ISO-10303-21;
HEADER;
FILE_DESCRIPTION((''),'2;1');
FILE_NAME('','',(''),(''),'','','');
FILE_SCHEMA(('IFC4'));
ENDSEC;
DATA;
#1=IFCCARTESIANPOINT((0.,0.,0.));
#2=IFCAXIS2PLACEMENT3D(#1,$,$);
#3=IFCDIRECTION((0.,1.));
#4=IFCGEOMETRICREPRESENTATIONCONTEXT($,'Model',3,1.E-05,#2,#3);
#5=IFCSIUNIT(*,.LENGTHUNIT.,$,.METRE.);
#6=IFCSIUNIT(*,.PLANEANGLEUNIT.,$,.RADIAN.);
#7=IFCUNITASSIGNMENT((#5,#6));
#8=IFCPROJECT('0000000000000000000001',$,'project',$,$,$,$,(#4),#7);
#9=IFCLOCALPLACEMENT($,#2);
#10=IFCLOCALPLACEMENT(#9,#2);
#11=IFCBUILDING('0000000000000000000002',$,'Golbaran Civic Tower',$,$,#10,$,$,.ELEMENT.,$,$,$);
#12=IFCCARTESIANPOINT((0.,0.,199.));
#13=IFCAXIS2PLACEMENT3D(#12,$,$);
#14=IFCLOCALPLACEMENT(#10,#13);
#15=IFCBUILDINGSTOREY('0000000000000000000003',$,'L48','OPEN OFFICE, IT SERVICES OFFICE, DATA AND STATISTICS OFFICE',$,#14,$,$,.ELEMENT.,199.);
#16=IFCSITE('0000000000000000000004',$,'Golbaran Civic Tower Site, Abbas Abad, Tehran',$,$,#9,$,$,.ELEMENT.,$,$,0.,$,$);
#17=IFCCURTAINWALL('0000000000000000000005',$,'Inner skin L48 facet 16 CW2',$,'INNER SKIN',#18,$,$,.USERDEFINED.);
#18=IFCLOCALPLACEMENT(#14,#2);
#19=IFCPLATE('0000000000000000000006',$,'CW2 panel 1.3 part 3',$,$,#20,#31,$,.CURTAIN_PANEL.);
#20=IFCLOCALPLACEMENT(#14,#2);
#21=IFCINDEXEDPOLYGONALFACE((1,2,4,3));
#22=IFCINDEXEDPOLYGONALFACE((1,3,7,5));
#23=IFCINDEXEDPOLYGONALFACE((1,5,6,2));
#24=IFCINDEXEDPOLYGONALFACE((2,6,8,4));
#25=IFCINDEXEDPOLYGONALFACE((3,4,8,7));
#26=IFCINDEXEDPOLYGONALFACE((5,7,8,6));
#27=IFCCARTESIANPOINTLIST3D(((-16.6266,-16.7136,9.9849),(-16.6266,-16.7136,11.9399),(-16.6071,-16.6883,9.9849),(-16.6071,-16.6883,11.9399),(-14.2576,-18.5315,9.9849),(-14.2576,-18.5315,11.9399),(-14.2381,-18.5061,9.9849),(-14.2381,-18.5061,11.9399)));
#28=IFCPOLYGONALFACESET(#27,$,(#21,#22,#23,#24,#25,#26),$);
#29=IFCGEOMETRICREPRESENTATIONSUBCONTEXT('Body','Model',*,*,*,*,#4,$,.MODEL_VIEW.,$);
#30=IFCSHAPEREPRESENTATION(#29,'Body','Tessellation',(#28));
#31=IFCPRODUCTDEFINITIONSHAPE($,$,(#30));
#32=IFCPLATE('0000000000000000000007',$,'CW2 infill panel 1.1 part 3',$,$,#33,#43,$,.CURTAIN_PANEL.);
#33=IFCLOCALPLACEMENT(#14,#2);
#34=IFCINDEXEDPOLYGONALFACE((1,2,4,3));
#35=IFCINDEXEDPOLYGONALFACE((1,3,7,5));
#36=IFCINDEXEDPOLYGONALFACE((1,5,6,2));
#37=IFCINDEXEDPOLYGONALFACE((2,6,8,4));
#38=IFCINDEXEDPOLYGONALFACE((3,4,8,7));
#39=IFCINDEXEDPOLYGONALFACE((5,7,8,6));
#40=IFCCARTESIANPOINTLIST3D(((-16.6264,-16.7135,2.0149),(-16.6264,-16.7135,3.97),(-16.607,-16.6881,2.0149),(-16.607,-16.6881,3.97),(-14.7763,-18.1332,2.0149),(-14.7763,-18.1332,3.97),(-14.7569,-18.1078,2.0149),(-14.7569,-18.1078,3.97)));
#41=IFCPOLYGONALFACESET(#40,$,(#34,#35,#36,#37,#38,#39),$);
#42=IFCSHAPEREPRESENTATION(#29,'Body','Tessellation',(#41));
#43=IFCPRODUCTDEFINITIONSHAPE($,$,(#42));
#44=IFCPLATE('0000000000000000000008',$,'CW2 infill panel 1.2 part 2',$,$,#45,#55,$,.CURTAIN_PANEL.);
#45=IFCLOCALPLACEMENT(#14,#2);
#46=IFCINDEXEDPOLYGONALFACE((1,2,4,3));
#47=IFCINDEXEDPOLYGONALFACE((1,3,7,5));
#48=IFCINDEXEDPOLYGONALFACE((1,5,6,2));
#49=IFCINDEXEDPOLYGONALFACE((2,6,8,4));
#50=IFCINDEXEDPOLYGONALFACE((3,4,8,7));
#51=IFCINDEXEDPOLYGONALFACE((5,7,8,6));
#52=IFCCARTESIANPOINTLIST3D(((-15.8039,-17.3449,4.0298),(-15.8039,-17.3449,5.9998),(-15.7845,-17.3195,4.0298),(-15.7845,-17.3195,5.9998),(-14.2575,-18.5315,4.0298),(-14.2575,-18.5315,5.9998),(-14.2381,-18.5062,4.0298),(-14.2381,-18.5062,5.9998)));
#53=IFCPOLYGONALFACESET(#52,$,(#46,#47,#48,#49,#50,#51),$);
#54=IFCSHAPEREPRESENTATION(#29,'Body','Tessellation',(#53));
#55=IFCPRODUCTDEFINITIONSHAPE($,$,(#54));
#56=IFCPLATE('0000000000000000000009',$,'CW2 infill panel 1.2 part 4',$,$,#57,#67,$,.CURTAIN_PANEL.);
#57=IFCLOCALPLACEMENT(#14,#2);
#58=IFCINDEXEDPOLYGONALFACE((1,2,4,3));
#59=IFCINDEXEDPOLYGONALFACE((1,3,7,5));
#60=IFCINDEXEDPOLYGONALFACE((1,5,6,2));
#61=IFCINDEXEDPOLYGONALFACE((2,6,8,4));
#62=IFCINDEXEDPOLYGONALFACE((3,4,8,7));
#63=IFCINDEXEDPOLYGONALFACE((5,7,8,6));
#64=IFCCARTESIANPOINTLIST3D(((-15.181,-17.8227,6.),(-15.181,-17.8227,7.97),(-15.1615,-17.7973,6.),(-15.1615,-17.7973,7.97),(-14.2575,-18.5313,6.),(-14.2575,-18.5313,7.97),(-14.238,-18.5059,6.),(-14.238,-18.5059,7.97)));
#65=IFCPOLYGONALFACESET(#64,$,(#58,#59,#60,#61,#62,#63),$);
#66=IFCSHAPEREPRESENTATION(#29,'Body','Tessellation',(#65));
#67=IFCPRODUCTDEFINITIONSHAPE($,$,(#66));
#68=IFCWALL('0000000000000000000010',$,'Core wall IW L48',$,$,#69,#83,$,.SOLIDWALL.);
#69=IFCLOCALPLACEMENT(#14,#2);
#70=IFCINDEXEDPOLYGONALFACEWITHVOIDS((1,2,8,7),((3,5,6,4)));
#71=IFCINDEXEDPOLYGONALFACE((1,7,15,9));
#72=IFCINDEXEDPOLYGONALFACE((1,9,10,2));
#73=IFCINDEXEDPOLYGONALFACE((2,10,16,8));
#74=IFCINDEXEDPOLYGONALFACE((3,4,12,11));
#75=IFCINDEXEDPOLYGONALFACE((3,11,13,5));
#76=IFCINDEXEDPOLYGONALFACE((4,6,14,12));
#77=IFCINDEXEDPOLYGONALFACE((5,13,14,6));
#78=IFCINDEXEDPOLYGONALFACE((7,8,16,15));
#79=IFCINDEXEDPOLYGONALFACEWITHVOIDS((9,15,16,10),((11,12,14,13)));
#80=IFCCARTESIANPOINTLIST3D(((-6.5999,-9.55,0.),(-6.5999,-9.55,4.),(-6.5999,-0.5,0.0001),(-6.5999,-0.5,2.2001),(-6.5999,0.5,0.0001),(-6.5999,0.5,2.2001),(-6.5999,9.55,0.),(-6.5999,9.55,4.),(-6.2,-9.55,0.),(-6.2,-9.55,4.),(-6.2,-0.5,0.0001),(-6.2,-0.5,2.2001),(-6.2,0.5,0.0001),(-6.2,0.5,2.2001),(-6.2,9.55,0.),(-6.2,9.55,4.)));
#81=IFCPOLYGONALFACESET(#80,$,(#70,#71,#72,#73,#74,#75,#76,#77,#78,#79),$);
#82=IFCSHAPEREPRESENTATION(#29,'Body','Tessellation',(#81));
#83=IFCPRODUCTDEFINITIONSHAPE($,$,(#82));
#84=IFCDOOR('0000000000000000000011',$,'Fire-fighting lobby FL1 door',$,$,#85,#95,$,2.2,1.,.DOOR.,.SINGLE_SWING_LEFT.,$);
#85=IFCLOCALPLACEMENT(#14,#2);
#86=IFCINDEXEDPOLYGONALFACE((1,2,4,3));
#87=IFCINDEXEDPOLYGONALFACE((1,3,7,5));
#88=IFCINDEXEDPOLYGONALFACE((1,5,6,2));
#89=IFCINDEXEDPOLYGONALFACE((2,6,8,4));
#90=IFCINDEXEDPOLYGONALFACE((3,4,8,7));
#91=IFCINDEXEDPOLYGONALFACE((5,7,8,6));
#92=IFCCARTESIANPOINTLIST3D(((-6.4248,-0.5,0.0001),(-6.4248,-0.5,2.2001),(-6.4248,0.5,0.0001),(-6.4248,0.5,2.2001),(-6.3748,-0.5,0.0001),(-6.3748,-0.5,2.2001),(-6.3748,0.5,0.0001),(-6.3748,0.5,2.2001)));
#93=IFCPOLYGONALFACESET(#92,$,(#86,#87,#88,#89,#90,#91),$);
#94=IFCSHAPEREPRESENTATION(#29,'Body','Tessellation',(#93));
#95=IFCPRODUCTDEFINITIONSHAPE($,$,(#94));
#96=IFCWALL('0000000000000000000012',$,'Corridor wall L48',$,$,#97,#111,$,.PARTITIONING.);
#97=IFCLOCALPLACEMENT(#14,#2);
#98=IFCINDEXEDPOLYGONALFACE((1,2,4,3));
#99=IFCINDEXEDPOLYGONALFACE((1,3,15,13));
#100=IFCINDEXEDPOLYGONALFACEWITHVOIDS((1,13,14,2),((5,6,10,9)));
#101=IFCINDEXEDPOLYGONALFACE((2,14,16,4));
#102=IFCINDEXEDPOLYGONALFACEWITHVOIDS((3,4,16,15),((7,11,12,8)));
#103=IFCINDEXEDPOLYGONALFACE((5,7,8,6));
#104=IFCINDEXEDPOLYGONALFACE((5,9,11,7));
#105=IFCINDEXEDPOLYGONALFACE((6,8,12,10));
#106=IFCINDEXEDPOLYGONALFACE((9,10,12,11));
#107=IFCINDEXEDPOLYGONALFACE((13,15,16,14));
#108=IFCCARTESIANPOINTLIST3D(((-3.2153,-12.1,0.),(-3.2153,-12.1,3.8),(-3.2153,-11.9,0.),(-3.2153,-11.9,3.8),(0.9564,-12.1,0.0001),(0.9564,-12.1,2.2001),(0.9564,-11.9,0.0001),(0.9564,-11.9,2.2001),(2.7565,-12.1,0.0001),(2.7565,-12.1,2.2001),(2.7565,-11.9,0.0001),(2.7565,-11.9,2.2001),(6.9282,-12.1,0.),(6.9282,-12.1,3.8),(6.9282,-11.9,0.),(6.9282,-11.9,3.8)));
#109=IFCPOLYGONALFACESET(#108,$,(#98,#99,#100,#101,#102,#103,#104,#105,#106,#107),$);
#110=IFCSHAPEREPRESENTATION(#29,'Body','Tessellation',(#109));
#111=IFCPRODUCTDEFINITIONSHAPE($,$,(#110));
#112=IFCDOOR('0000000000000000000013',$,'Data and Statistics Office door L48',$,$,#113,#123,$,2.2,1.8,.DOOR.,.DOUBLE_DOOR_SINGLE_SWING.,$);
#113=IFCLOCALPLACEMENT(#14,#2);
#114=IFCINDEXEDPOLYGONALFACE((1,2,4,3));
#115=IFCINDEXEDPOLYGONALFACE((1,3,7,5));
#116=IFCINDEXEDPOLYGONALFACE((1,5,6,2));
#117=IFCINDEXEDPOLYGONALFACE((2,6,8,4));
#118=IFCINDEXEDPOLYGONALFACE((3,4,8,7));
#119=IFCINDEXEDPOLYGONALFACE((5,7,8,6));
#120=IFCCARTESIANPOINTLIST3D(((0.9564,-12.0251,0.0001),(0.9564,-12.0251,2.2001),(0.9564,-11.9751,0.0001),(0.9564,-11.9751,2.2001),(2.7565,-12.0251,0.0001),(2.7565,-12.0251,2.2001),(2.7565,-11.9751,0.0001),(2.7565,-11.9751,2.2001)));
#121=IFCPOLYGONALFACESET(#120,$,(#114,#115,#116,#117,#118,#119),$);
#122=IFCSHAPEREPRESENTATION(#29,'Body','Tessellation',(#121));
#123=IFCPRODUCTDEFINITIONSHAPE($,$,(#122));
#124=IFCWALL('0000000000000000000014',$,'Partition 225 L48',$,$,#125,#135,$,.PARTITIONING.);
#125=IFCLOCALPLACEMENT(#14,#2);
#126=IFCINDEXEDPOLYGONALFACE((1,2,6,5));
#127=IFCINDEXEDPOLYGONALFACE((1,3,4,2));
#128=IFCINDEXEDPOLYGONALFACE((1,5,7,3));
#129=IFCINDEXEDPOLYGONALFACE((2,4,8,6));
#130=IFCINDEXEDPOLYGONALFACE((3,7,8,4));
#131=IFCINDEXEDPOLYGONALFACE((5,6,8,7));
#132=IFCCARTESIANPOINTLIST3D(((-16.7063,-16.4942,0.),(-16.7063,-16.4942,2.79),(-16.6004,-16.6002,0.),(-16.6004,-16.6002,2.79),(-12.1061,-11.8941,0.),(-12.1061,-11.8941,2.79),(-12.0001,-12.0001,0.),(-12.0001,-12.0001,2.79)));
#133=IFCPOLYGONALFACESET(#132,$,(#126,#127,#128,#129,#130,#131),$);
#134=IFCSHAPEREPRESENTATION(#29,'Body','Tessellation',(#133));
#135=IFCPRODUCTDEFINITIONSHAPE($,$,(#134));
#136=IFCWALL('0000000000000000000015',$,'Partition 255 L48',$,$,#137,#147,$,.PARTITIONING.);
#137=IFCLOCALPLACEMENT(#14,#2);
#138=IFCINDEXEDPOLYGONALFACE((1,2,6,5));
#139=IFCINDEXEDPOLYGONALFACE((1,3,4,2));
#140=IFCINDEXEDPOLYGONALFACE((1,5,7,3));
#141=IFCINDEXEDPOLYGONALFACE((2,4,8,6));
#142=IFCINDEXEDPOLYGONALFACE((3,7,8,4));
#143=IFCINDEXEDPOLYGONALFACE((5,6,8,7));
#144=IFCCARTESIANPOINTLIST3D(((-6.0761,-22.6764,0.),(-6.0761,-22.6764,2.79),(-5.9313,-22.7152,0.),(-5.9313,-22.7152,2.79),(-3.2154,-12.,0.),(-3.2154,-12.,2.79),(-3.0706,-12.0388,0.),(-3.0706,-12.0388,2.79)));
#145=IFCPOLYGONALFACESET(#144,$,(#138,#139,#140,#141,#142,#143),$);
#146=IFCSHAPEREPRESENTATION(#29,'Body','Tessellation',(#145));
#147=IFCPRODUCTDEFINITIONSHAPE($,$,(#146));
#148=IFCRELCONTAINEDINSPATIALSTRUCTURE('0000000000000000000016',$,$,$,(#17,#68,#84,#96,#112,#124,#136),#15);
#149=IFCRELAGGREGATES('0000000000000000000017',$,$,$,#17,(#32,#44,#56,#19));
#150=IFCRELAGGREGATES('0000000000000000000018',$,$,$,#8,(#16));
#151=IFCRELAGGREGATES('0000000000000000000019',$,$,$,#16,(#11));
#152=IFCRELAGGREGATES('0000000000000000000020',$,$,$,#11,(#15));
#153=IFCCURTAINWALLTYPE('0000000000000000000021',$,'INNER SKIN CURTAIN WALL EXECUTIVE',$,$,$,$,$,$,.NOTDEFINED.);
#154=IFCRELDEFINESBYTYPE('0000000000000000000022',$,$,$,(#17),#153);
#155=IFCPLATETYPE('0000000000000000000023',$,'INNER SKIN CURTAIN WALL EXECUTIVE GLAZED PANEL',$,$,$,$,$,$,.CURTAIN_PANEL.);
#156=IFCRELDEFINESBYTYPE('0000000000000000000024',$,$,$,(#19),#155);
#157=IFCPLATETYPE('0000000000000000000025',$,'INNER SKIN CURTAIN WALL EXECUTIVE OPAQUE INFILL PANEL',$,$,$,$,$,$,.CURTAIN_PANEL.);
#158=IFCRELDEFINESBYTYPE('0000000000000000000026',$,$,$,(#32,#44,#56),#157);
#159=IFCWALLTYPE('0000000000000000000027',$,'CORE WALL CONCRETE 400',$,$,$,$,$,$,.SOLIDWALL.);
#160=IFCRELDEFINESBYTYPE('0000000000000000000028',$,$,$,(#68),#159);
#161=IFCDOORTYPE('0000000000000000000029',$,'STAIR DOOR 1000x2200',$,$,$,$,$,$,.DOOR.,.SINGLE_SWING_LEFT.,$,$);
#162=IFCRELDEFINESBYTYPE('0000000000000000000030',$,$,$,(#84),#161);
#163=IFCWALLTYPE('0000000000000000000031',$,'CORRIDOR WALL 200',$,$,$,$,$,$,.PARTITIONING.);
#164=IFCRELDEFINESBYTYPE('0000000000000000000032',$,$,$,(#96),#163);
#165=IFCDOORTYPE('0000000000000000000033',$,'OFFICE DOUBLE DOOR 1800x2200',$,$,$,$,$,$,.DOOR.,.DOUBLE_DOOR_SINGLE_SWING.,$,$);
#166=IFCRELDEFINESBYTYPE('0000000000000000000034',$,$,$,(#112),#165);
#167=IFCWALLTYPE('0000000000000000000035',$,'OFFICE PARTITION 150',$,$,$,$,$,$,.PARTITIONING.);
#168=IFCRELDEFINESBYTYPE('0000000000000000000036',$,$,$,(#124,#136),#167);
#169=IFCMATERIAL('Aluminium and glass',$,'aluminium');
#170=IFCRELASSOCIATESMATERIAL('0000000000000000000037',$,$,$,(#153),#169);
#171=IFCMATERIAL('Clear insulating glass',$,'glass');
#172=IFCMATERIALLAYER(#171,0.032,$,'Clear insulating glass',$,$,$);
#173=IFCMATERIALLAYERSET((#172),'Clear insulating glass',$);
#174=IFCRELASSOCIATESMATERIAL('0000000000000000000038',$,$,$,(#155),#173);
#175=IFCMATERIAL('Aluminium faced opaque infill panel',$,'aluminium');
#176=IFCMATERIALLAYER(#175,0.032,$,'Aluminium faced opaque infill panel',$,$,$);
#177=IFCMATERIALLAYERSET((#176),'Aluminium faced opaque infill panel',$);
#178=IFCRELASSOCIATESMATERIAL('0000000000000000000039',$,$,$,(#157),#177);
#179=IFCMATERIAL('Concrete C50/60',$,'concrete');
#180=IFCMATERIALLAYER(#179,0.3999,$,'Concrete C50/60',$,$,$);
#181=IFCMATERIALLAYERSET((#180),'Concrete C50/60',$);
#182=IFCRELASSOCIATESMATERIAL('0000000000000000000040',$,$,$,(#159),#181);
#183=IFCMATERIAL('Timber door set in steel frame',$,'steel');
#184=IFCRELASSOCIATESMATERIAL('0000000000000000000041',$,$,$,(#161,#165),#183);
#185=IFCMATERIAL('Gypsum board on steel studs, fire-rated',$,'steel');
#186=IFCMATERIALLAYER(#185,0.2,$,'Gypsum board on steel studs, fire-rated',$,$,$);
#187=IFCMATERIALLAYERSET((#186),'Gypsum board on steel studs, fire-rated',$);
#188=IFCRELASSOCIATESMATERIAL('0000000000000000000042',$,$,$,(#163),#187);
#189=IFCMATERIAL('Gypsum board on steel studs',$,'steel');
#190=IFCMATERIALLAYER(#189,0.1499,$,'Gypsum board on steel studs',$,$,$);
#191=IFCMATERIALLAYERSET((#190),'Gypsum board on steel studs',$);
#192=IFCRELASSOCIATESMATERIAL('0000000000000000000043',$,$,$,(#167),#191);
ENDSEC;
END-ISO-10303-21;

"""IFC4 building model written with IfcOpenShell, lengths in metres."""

from ifc_helpers import new_model, si_unit, direction, frame, frame_2d, origin, origin_2d, place, context, subcontext, project, spatial, rectangle, extrude, material, layer, layer_set, type_object, element, fill, aggregate, save


model = new_model("IFC4")

# Units and contexts
model_context = context("Model", 3, precision=1e-05, world=origin(), true_north=direction((0.0, 1.0)))
body_context = subcontext(model_context, "Body", "Model", "MODEL_VIEW")
ifc_project = project(units=[si_unit("LENGTHUNIT", "METRE"), si_unit("PLANEANGLEUNIT", "RADIAN")], contexts=[model_context])

# Site, building, storey
site_placement = place(None, origin())
site = spatial("IfcSite", under=ifc_project, at=site_placement, Name="Golbaran Civic Tower Site, Abbas Abad, Tehran", CompositionType="ELEMENT", RefElevation=0.0)
building_placement = place(site_placement, origin())
building = spatial("IfcBuilding", under=site, at=building_placement, Name="Golbaran Civic Tower", CompositionType="ELEMENT")
storey_placement = place(building_placement, frame((0.0, 0.0, 199.0)))
storey = spatial("IfcBuildingStorey", under=building, at=storey_placement, Name="L48", Description="OPEN OFFICE, IT SERVICES OFFICE, DATA AND STATISTICS OFFICE", CompositionType="ELEMENT", Elevation=199.0)

# Curtain wall, plates
ifc_material_1 = material(Name="Aluminium and glass", Category="aluminium")
curtain_wall_type = type_object("IfcCurtainWallType", Name="INNER SKIN CURTAIN WALL EXECUTIVE", PredefinedType="NOTDEFINED", material=ifc_material_1)
curtain_wall_placement = place(storey_placement, origin())
curtain_wall = element("IfcCurtainWall", 1, at=curtain_wall_placement, inside=storey, type_object=curtain_wall_type, Name="Inner skin L48 facet 16 CW2", ObjectType="INNER SKIN", PredefinedType="USERDEFINED")
ifc_material_2 = material(Name="Clear insulating glass", Category="glass")
ifc_layer_1 = layer(ifc_material_2, 0.032, Name="Clear insulating glass")
ifc_layer_set_1 = layer_set([ifc_layer_1], Name="Clear insulating glass")
plate_type_1 = type_object("IfcPlateType", Name="INNER SKIN CURTAIN WALL EXECUTIVE GLAZED PANEL", PredefinedType="CURTAIN_PANEL", material=ifc_layer_set_1)
plate_1_placement = place(storey_placement, frame((-15.4324, -17.6099, 9.9849), z_axis=(0.0, 0.0, 1.0), x_axis=(0.793353, -0.608761, 0.0)))
plate_1 = element("IfcPlate", 2, at=plate_1_placement, type_object=plate_type_1, Name="CW2 panel 1.3 part 3", PredefinedType="CURTAIN_PANEL", context=body_context, shape_type="SweptSolid", body=[
    extrude(rectangle(XDim=2.9861, YDim=0.032, at=origin_2d()), origin(), (0.0, 0.0, 1.0), 1.9551),
])
ifc_material_3 = material(Name="Aluminium faced opaque infill panel", Category="aluminium")
ifc_layer_2 = layer(ifc_material_3, 0.032, Name="Aluminium faced opaque infill panel")
ifc_layer_set_2 = layer_set([ifc_layer_2], Name="Aluminium faced opaque infill panel")
plate_type_2 = type_object("IfcPlateType", Name="INNER SKIN CURTAIN WALL EXECUTIVE OPAQUE INFILL PANEL", PredefinedType="CURTAIN_PANEL", material=ifc_layer_set_2)
plate_2_placement = place(storey_placement, frame((-15.6917, -17.4106, 2.0149), z_axis=(0.0, 0.0, 1.0), x_axis=(0.793353, -0.608761, 0.0)))
plate_2 = element("IfcPlate", 3, at=plate_2_placement, type_object=plate_type_2, Name="CW2 infill panel 1.1 part 3", PredefinedType="CURTAIN_PANEL", context=body_context, shape_type="SweptSolid", body=[
    extrude(rectangle(XDim=2.332, YDim=0.032, at=origin_2d()), origin(), (0.0, 0.0, 1.0), 1.9551),
])
plate_3_placement = place(storey_placement, frame((-15.021, -17.9255, 4.0298), z_axis=(0.0, 0.0, 1.0), x_axis=(0.793353, -0.608761, 0.0)))
plate_3 = element("IfcPlate", 4, at=plate_3_placement, type_object=plate_type_2, Name="CW2 infill panel 1.2 part 2", PredefinedType="CURTAIN_PANEL", context=body_context, shape_type="SweptSolid", body=[
    extrude(rectangle(XDim=1.9492, YDim=0.032, at=origin_2d()), origin(), (0.0, 0.0, 1.0), 1.97),
])
plate_4_placement = place(storey_placement, frame((-14.7095, -18.1643, 6.0), z_axis=(0.0, 0.0, 1.0), x_axis=(0.793353, -0.608761, 0.0)))
plate_4 = element("IfcPlate", 5, at=plate_4_placement, type_object=plate_type_2, Name="CW2 infill panel 1.2 part 4", PredefinedType="CURTAIN_PANEL", context=body_context, shape_type="SweptSolid", body=[
    extrude(rectangle(XDim=1.1641, YDim=0.032, at=origin_2d()), origin(), (0.0, 0.0, 1.0), 1.97),
])
aggregate(curtain_wall, [plate_2, plate_3, plate_4, plate_1])

# Walls, openings, doors
ifc_material_4 = material(Name="Concrete C50/60", Category="concrete")
ifc_layer_3 = layer(ifc_material_4, 0.3999, Name="Concrete C50/60")
ifc_layer_set_3 = layer_set([ifc_layer_3], Name="Concrete C50/60")
wall_type_1 = type_object("IfcWallType", Name="CORE WALL CONCRETE 400", PredefinedType="SOLIDWALL", material=ifc_layer_set_3)
wall_1_placement = place(storey_placement, frame((-6.3999, -9.55, 0.0), z_axis=(0.0, 0.0, 1.0), x_axis=(0.0, 1.0, 0.0)))
wall_1 = element("IfcWall", 6, at=wall_1_placement, inside=storey, type_object=wall_type_1, Name="Core wall IW L48", PredefinedType="SOLIDWALL", context=body_context, shape_type="SweptSolid", body=[
    extrude(rectangle(XDim=19.1001, YDim=0.3999, at=frame_2d((9.55, 0.0))), origin(), (0.0, 0.0, 1.0), 4.0),
])
opening_1_placement = place(wall_1_placement, frame((9.05, 0.0, 0.0)))
opening_1 = element("IfcOpeningElement", 7, at=opening_1_placement, cuts=wall_1, PredefinedType="OPENING", context=body_context, shape_type="SweptSolid", body=[
    extrude(rectangle(XDim=1.0, YDim=2.2, at=frame_2d((0.5, 1.1001))), frame((0.0, 0.21, 0.0), z_axis=(0.0, -1.0, 0.0), x_axis=(1.0, 0.0, 0.0)), (0.0, 0.0, 1.0), 0.4199),
])
ifc_material_5 = material(Name="Timber door set in steel frame", Category="steel")
door_type_1 = type_object("IfcDoorType", Name="STAIR DOOR 1000x2200", OperationType="SINGLE_SWING_LEFT", PredefinedType="DOOR", material=ifc_material_5)
door_1_placement = place(opening_1_placement, origin())
door_1 = element("IfcDoor", 8, at=door_1_placement, inside=storey, type_object=door_type_1, Name="Fire-fighting lobby FL1 door", OperationType="SINGLE_SWING_LEFT", OverallHeight=2.2, OverallWidth=1.0, PredefinedType="DOOR", context=body_context, shape_type="SweptSolid", body=[
    extrude(rectangle(XDim=1.0, YDim=2.2, at=frame_2d((0.5, 1.1001))), frame((0.0, 0.0249, 0.0), z_axis=(0.0, -1.0, 0.0), x_axis=(1.0, 0.0, 0.0)), (0.0, 0.0, 1.0), 0.05),
])
fill(opening_1, door_1)
ifc_material_6 = material(Name="Gypsum board on steel studs, fire-rated", Category="steel")
ifc_layer_4 = layer(ifc_material_6, 0.2, Name="Gypsum board on steel studs, fire-rated")
ifc_layer_set_4 = layer_set([ifc_layer_4], Name="Gypsum board on steel studs, fire-rated")
wall_type_2 = type_object("IfcWallType", Name="CORRIDOR WALL 200", PredefinedType="PARTITIONING", material=ifc_layer_set_4)
wall_2_placement = place(storey_placement, frame((-3.2153, -12.0, 0.0), z_axis=(0.0, 0.0, 1.0), x_axis=(1.0, 0.0, 0.0)))
wall_2 = element("IfcWall", 9, at=wall_2_placement, inside=storey, type_object=wall_type_2, Name="Corridor wall L48", PredefinedType="PARTITIONING", context=body_context, shape_type="SweptSolid", body=[
    extrude(rectangle(XDim=10.1436, YDim=0.2, at=frame_2d((5.0718, 0.0))), origin(), (0.0, 0.0, 1.0), 3.8),
])
opening_2_placement = place(wall_2_placement, frame((4.1719, 0.0, 0.0)))
opening_2 = element("IfcOpeningElement", 10, at=opening_2_placement, cuts=wall_2, PredefinedType="OPENING", context=body_context, shape_type="SweptSolid", body=[
    extrude(rectangle(XDim=1.8, YDim=2.2, at=frame_2d((0.8999, 1.1001))), frame((0.0, 0.1099, 0.0), z_axis=(0.0, -1.0, 0.0), x_axis=(1.0, 0.0, 0.0)), (0.0, 0.0, 1.0), 0.22),
])
door_type_2 = type_object("IfcDoorType", Name="OFFICE DOUBLE DOOR 1800x2200", OperationType="DOUBLE_DOOR_SINGLE_SWING", PredefinedType="DOOR", material=ifc_material_5)
door_2_placement = place(opening_2_placement, origin())
door_2 = element("IfcDoor", 11, at=door_2_placement, inside=storey, type_object=door_type_2, Name="Data and Statistics Office door L48", OperationType="DOUBLE_DOOR_SINGLE_SWING", OverallHeight=2.2, OverallWidth=1.8, PredefinedType="DOOR", context=body_context, shape_type="SweptSolid", body=[
    extrude(rectangle(XDim=1.8, YDim=2.2, at=frame_2d((0.8999, 1.1001))), frame((0.0, 0.0249, 0.0), z_axis=(0.0, -1.0, 0.0), x_axis=(1.0, 0.0, 0.0)), (0.0, 0.0, 1.0), 0.05),
])
fill(opening_2, door_2)

# Walls
ifc_material_7 = material(Name="Gypsum board on steel studs", Category="steel")
ifc_layer_5 = layer(ifc_material_7, 0.1499, Name="Gypsum board on steel studs")
ifc_layer_set_5 = layer_set([ifc_layer_5], Name="Gypsum board on steel studs")
wall_type_3 = type_object("IfcWallType", Name="OFFICE PARTITION 150", PredefinedType="PARTITIONING", material=ifc_layer_set_5)
wall_3_placement = place(storey_placement, frame((-12.053, -11.947, 0.0), z_axis=(0.0, 0.0, 1.0), x_axis=(-0.707126, -0.707088, 0.0)))
element("IfcWall", 12, at=wall_3_placement, inside=storey, type_object=wall_type_3, Name="Partition 225 L48", PredefinedType="PARTITIONING", context=body_context, shape_type="SweptSolid", body=[
    extrude(rectangle(XDim=6.5056, YDim=0.1499, at=frame_2d((3.2529, 0.0))), origin(), (0.0, 0.0, 1.0), 2.79),
])
wall_4_placement = place(storey_placement, frame((-3.1431, -12.0195, 0.0), z_axis=(0.0, 0.0, 1.0), x_axis=(-0.25881, -0.965928, 0.0)))
element("IfcWall", 13, at=wall_4_placement, inside=storey, type_object=wall_type_3, Name="Partition 255 L48", PredefinedType="PARTITIONING", context=body_context, shape_type="SweptSolid", body=[
    extrude(rectangle(XDim=11.053, YDim=0.1499, at=frame_2d((5.5264, 0.0))), origin(), (0.0, 0.0, 1.0), 2.79),
])

save(model, "model.ifc")
